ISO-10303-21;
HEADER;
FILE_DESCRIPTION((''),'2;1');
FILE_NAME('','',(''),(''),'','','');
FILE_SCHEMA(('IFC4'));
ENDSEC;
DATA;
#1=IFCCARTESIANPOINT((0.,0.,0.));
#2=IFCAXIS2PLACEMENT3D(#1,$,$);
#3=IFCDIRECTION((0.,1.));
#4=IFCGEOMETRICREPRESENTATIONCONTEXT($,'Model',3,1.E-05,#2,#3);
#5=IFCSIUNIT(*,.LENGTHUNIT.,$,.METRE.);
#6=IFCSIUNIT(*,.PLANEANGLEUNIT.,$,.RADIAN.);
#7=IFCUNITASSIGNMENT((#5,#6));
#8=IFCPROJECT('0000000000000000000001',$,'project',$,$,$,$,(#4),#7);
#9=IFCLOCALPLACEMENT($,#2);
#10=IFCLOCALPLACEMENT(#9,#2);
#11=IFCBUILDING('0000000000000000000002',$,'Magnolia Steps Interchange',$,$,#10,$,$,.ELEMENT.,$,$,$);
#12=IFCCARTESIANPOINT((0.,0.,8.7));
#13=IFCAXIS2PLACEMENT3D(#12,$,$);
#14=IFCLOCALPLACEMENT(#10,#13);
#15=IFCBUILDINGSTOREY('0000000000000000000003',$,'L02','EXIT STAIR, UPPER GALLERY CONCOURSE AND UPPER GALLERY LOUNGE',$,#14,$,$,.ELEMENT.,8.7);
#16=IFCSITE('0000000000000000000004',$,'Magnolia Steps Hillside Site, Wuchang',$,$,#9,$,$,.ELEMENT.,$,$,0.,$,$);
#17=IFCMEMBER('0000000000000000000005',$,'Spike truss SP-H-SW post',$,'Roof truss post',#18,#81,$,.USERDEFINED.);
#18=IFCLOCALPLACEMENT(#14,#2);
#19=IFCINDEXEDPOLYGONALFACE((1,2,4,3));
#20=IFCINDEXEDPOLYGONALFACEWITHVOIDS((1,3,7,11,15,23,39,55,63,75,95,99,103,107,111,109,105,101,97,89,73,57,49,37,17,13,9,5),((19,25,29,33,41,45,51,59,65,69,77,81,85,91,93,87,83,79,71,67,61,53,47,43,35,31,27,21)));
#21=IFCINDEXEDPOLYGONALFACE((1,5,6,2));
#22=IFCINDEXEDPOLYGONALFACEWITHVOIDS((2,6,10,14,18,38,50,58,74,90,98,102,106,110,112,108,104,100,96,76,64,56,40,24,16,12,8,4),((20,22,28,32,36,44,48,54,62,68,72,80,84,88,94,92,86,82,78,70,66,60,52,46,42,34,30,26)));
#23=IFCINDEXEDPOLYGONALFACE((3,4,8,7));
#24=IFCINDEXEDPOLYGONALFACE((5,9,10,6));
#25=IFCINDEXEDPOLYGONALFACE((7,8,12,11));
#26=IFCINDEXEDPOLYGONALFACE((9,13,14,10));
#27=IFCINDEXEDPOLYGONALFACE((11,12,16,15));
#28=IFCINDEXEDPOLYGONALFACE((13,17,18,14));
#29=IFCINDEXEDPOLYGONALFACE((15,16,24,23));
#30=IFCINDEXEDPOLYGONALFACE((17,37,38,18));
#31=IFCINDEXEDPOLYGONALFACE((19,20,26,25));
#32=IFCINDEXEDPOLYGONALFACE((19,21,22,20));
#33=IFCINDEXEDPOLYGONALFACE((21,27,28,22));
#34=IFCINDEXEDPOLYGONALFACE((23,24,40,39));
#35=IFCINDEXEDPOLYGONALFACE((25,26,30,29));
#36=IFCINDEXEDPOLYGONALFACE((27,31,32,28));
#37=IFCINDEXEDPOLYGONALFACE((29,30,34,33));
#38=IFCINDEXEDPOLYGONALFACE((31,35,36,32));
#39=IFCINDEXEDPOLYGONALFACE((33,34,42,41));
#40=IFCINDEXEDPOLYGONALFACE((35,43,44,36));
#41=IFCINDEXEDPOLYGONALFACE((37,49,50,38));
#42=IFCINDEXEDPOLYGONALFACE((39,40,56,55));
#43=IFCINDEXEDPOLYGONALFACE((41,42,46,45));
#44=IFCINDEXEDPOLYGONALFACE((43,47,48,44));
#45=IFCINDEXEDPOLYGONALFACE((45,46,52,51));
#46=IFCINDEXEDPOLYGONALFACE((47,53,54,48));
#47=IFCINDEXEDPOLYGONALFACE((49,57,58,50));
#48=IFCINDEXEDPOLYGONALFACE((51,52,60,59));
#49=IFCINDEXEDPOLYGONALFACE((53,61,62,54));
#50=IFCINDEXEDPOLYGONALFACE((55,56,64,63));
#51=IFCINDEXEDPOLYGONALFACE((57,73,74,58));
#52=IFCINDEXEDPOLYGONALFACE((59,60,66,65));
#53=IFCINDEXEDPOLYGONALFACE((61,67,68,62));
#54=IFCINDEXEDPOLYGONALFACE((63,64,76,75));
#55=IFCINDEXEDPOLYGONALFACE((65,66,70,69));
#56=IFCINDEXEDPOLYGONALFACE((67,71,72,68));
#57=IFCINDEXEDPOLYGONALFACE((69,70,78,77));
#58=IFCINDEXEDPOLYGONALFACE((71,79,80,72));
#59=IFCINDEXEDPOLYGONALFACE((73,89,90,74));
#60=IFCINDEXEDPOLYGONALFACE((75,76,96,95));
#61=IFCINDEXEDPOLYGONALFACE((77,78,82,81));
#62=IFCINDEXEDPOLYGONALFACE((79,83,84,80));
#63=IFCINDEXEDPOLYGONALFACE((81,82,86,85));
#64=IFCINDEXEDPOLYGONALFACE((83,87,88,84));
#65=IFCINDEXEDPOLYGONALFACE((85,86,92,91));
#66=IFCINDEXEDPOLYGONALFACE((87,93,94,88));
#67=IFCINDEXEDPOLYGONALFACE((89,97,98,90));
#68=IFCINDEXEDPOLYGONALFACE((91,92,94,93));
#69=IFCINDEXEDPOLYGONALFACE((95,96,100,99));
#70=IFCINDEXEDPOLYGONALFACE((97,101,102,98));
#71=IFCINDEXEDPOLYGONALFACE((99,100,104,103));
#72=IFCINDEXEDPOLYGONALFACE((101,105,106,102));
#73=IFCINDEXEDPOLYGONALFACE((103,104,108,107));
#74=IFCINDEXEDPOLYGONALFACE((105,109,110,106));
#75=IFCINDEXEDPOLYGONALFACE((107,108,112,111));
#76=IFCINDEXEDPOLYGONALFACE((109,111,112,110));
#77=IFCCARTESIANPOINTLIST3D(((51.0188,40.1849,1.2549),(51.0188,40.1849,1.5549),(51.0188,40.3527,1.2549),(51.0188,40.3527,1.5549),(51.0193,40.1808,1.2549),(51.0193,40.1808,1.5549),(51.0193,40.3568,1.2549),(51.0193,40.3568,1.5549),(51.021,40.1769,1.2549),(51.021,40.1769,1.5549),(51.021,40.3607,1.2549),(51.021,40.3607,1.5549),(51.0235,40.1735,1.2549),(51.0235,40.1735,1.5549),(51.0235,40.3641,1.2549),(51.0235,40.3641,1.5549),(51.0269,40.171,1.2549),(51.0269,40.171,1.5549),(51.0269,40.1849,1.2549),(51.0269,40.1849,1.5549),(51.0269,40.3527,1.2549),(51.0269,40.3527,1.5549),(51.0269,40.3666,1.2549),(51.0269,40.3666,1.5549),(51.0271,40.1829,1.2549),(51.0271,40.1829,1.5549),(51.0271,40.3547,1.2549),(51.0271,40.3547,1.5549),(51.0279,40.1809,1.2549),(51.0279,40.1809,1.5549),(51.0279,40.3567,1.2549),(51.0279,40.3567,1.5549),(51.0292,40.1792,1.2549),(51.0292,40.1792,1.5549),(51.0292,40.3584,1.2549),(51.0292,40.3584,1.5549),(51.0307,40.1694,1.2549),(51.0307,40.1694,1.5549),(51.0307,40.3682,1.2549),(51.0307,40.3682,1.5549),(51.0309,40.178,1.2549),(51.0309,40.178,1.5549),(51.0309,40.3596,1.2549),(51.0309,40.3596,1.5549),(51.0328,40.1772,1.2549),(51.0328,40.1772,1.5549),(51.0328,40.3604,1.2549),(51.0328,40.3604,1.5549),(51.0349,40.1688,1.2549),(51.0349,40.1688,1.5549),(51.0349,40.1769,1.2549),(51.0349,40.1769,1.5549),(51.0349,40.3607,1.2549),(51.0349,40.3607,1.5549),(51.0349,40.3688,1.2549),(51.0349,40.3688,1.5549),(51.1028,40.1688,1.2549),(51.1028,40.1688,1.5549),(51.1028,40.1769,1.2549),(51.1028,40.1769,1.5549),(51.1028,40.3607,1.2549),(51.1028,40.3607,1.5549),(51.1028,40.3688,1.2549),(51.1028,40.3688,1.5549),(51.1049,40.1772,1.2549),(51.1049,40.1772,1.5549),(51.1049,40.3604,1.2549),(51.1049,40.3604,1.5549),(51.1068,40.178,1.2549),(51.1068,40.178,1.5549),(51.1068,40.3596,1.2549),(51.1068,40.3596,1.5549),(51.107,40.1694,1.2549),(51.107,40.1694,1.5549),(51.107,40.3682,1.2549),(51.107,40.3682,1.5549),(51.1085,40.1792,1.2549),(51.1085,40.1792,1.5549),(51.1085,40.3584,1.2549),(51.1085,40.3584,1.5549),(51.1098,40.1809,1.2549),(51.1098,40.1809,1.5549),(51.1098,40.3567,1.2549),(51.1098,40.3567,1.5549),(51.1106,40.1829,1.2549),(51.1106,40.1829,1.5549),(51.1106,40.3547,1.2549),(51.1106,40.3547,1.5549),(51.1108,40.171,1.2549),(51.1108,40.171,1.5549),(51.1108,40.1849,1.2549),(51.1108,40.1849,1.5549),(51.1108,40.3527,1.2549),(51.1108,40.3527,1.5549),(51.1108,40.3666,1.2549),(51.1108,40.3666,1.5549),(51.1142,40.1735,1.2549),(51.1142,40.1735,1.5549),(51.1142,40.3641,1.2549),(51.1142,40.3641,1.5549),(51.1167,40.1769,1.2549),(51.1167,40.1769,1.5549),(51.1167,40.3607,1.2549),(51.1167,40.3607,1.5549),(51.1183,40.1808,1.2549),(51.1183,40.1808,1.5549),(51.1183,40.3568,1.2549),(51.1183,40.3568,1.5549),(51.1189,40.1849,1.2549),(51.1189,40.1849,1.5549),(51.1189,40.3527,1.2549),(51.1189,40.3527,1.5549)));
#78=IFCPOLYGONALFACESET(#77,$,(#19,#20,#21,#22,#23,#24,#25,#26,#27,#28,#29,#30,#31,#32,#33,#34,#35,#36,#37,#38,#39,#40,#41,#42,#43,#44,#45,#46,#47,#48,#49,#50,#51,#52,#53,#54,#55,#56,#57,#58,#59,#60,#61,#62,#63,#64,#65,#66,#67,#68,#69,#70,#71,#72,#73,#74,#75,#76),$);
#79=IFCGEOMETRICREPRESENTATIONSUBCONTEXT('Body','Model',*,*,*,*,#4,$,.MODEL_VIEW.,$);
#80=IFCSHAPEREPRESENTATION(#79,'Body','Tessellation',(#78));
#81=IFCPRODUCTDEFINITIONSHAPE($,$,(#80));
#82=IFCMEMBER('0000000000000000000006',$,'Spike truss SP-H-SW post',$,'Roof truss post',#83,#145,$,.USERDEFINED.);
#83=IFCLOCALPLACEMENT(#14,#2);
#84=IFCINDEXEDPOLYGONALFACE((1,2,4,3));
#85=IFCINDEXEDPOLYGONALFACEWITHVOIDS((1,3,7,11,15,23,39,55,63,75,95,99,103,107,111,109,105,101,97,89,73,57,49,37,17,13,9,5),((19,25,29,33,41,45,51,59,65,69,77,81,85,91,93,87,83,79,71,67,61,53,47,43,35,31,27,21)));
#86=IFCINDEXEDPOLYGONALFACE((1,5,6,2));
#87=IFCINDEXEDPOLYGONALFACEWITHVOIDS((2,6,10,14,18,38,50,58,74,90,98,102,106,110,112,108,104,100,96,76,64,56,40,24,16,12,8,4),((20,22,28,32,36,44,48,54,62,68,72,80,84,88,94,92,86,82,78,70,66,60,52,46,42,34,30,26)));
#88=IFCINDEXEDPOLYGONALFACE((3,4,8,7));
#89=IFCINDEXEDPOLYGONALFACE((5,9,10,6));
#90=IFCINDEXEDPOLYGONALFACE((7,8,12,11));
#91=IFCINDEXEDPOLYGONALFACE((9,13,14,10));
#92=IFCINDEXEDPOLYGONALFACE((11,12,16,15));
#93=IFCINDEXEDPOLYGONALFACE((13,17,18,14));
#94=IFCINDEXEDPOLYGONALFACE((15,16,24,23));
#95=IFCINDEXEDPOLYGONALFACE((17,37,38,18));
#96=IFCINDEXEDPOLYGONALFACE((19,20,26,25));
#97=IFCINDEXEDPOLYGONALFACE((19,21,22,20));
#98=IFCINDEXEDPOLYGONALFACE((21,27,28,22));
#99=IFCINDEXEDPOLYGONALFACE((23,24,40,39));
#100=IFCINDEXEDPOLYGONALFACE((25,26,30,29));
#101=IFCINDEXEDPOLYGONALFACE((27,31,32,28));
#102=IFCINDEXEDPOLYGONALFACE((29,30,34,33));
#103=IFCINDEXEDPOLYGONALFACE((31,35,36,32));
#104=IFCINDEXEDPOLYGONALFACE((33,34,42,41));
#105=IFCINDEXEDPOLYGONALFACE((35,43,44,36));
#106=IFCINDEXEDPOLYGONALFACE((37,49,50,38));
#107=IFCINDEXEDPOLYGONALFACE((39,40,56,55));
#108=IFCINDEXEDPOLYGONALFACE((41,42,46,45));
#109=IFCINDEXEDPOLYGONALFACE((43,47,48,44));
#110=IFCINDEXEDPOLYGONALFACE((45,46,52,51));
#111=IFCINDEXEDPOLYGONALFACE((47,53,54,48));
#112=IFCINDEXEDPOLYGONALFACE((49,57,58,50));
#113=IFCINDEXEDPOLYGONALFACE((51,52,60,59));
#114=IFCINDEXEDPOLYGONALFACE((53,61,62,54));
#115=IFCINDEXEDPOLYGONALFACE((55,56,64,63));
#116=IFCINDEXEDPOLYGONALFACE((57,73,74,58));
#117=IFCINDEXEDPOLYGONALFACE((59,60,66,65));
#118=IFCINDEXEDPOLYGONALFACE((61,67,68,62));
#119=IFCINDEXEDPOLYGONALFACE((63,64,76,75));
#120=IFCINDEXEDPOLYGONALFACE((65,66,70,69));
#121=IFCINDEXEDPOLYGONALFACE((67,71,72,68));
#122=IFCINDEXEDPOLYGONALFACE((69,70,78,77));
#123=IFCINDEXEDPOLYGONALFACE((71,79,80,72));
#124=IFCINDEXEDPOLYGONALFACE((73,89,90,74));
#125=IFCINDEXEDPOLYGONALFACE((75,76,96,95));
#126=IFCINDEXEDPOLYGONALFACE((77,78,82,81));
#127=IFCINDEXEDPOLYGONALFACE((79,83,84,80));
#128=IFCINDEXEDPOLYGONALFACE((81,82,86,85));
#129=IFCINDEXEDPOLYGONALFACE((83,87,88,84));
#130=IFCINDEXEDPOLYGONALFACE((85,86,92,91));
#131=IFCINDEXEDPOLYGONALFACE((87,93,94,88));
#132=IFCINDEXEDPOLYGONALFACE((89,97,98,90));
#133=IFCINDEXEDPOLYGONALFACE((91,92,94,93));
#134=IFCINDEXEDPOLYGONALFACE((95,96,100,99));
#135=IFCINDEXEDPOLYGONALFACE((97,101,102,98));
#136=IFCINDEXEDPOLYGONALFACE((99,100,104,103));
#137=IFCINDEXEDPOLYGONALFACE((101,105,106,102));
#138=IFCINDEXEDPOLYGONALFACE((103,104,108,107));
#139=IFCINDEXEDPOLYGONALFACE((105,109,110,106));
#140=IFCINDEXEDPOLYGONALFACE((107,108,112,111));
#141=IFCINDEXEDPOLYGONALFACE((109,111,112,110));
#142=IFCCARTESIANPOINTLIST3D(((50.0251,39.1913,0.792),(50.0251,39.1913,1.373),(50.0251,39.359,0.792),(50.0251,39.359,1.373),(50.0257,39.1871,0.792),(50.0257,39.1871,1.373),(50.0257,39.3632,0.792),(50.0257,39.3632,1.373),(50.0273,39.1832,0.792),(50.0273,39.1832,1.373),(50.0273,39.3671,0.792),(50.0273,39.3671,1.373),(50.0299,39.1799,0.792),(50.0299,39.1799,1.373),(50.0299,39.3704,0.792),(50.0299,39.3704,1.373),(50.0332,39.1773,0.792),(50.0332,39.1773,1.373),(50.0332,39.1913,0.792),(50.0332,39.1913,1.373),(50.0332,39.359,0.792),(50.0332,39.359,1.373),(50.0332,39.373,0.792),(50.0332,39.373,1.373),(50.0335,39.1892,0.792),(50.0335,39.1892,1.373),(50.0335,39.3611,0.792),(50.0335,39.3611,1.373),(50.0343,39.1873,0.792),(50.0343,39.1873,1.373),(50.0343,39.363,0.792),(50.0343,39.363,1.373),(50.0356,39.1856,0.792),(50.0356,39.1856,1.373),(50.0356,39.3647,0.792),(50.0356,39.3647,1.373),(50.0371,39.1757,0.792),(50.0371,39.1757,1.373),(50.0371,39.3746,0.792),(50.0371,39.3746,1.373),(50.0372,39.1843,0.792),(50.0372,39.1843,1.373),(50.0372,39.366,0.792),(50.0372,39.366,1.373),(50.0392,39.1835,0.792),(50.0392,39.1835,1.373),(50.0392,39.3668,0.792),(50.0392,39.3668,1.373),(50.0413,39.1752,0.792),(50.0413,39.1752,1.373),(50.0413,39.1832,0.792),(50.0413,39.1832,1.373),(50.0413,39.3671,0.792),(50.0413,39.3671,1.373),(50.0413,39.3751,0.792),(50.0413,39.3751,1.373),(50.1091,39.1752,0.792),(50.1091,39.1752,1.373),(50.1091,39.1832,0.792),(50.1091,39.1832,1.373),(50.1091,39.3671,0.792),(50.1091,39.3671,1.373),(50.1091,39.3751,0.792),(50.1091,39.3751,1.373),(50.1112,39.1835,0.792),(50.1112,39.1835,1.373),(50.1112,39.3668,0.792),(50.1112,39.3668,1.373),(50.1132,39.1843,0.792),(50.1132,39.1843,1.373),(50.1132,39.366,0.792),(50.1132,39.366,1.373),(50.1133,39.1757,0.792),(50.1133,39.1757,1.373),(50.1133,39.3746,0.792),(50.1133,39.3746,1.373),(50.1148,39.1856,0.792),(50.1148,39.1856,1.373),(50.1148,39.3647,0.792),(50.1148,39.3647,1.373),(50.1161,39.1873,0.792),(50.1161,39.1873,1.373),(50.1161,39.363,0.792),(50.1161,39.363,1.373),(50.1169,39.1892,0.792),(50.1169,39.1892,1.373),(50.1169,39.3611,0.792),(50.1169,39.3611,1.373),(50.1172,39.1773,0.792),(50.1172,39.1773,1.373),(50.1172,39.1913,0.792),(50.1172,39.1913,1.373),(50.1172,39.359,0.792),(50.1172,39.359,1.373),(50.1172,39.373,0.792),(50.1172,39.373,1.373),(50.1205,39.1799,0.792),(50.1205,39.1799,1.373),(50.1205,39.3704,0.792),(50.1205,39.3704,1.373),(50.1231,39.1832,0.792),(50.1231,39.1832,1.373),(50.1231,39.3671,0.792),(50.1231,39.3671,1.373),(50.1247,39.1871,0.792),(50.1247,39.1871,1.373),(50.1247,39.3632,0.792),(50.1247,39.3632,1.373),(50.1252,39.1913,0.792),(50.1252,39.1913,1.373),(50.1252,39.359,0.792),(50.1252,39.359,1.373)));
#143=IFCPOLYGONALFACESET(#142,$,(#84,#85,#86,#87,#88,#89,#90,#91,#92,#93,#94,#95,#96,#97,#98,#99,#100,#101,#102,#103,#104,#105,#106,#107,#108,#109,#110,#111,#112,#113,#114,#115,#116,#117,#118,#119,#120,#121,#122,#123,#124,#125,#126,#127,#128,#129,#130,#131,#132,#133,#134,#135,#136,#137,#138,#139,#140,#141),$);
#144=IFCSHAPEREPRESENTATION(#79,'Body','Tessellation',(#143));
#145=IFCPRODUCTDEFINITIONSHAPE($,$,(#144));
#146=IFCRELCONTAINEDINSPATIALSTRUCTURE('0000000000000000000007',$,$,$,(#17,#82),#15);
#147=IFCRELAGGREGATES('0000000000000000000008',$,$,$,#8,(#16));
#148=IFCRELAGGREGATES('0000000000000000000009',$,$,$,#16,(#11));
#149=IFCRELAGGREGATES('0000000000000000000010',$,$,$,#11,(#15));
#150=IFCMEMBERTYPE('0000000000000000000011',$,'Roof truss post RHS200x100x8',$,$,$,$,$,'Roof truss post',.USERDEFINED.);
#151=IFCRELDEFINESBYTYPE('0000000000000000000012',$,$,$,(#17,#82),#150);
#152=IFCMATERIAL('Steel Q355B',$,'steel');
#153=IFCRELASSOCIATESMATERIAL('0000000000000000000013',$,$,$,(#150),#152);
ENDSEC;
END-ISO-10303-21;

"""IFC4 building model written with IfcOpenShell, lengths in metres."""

from ifc_helpers import new_model, si_unit, direction, frame, origin, origin_2d, place, context, subcontext, project, spatial, hollow_rectangle, extrude, material, material_profile, profile_set, type_object, element, save


model = new_model("IFC4")

# Units and contexts
model_context = context("Model", 3, precision=1e-05, world=origin(), true_north=direction((0.0, 1.0)))
body_context = subcontext(model_context, "Body", "Model", "MODEL_VIEW")
ifc_project = project(units=[si_unit("LENGTHUNIT", "METRE"), si_unit("PLANEANGLEUNIT", "RADIAN")], contexts=[model_context])

# Site, building, storey
site_placement = place(None, origin())
site = spatial("IfcSite", under=ifc_project, at=site_placement, Name="Magnolia Steps Hillside Site, Wuchang", CompositionType="ELEMENT", RefElevation=0.0)
building_placement = place(site_placement, origin())
building = spatial("IfcBuilding", under=site, at=building_placement, Name="Magnolia Steps Interchange", CompositionType="ELEMENT")
storey_placement = place(building_placement, frame((0.0, 0.0, 8.7)))
storey = spatial("IfcBuildingStorey", under=building, at=storey_placement, Name="L02", Description="EXIT STAIR, UPPER GALLERY CONCOURSE AND UPPER GALLERY LOUNGE", CompositionType="ELEMENT", Elevation=8.7)

# Members
ifc_material_1 = material(Name="Steel Q355B", Category="steel")
ifc_material_profile_1 = material_profile(ifc_material_1, hollow_rectangle(XDim=0.1001, YDim=0.2, WallThickness=0.0081, InnerFilletRadius=0.0081, OuterFilletRadius=0.0161, at=origin_2d()), Name="RHS200x100x8")
ifc_profile_set_1 = profile_set([ifc_material_profile_1], Name="Steel Q355B")
member_type_1 = type_object("IfcMemberType", Name="Roof truss post RHS200x100x8", ElementType="Roof truss post", PredefinedType="USERDEFINED", material=ifc_profile_set_1)
member_1_placement = place(storey_placement, frame((51.0688, 40.2688, 1.2549), z_axis=(0.0, 0.0, 1.0), x_axis=(1.0, 0.0, 0.0)))
element("IfcMember", 1, at=member_1_placement, inside=storey, type_object=member_type_1, Name="Spike truss SP-H-SW post", ObjectType="Roof truss post", PredefinedType="USERDEFINED", context=body_context, shape_type="SweptSolid", body=[
    extrude(hollow_rectangle(XDim=0.1001, YDim=0.2, WallThickness=0.0081, InnerFilletRadius=0.0081, OuterFilletRadius=0.0161, at=origin_2d()), origin(), (0.0, 0.0, 1.0), 0.3),
])
member_2_placement = place(storey_placement, frame((50.0752, 39.2751, 0.792), z_axis=(0.0, 0.0, 1.0), x_axis=(1.0, 0.0, 0.0)))
element("IfcMember", 2, at=member_2_placement, inside=storey, type_object=member_type_1, Name="Spike truss SP-H-SW post", ObjectType="Roof truss post", PredefinedType="USERDEFINED", context=body_context, shape_type="SweptSolid", body=[
    extrude(hollow_rectangle(XDim=0.1001, YDim=0.2, WallThickness=0.0081, InnerFilletRadius=0.0081, OuterFilletRadius=0.0161, at=origin_2d()), origin(), (0.0, 0.0, 1.0), 0.5811),
])

save(model, "model.ifc")
